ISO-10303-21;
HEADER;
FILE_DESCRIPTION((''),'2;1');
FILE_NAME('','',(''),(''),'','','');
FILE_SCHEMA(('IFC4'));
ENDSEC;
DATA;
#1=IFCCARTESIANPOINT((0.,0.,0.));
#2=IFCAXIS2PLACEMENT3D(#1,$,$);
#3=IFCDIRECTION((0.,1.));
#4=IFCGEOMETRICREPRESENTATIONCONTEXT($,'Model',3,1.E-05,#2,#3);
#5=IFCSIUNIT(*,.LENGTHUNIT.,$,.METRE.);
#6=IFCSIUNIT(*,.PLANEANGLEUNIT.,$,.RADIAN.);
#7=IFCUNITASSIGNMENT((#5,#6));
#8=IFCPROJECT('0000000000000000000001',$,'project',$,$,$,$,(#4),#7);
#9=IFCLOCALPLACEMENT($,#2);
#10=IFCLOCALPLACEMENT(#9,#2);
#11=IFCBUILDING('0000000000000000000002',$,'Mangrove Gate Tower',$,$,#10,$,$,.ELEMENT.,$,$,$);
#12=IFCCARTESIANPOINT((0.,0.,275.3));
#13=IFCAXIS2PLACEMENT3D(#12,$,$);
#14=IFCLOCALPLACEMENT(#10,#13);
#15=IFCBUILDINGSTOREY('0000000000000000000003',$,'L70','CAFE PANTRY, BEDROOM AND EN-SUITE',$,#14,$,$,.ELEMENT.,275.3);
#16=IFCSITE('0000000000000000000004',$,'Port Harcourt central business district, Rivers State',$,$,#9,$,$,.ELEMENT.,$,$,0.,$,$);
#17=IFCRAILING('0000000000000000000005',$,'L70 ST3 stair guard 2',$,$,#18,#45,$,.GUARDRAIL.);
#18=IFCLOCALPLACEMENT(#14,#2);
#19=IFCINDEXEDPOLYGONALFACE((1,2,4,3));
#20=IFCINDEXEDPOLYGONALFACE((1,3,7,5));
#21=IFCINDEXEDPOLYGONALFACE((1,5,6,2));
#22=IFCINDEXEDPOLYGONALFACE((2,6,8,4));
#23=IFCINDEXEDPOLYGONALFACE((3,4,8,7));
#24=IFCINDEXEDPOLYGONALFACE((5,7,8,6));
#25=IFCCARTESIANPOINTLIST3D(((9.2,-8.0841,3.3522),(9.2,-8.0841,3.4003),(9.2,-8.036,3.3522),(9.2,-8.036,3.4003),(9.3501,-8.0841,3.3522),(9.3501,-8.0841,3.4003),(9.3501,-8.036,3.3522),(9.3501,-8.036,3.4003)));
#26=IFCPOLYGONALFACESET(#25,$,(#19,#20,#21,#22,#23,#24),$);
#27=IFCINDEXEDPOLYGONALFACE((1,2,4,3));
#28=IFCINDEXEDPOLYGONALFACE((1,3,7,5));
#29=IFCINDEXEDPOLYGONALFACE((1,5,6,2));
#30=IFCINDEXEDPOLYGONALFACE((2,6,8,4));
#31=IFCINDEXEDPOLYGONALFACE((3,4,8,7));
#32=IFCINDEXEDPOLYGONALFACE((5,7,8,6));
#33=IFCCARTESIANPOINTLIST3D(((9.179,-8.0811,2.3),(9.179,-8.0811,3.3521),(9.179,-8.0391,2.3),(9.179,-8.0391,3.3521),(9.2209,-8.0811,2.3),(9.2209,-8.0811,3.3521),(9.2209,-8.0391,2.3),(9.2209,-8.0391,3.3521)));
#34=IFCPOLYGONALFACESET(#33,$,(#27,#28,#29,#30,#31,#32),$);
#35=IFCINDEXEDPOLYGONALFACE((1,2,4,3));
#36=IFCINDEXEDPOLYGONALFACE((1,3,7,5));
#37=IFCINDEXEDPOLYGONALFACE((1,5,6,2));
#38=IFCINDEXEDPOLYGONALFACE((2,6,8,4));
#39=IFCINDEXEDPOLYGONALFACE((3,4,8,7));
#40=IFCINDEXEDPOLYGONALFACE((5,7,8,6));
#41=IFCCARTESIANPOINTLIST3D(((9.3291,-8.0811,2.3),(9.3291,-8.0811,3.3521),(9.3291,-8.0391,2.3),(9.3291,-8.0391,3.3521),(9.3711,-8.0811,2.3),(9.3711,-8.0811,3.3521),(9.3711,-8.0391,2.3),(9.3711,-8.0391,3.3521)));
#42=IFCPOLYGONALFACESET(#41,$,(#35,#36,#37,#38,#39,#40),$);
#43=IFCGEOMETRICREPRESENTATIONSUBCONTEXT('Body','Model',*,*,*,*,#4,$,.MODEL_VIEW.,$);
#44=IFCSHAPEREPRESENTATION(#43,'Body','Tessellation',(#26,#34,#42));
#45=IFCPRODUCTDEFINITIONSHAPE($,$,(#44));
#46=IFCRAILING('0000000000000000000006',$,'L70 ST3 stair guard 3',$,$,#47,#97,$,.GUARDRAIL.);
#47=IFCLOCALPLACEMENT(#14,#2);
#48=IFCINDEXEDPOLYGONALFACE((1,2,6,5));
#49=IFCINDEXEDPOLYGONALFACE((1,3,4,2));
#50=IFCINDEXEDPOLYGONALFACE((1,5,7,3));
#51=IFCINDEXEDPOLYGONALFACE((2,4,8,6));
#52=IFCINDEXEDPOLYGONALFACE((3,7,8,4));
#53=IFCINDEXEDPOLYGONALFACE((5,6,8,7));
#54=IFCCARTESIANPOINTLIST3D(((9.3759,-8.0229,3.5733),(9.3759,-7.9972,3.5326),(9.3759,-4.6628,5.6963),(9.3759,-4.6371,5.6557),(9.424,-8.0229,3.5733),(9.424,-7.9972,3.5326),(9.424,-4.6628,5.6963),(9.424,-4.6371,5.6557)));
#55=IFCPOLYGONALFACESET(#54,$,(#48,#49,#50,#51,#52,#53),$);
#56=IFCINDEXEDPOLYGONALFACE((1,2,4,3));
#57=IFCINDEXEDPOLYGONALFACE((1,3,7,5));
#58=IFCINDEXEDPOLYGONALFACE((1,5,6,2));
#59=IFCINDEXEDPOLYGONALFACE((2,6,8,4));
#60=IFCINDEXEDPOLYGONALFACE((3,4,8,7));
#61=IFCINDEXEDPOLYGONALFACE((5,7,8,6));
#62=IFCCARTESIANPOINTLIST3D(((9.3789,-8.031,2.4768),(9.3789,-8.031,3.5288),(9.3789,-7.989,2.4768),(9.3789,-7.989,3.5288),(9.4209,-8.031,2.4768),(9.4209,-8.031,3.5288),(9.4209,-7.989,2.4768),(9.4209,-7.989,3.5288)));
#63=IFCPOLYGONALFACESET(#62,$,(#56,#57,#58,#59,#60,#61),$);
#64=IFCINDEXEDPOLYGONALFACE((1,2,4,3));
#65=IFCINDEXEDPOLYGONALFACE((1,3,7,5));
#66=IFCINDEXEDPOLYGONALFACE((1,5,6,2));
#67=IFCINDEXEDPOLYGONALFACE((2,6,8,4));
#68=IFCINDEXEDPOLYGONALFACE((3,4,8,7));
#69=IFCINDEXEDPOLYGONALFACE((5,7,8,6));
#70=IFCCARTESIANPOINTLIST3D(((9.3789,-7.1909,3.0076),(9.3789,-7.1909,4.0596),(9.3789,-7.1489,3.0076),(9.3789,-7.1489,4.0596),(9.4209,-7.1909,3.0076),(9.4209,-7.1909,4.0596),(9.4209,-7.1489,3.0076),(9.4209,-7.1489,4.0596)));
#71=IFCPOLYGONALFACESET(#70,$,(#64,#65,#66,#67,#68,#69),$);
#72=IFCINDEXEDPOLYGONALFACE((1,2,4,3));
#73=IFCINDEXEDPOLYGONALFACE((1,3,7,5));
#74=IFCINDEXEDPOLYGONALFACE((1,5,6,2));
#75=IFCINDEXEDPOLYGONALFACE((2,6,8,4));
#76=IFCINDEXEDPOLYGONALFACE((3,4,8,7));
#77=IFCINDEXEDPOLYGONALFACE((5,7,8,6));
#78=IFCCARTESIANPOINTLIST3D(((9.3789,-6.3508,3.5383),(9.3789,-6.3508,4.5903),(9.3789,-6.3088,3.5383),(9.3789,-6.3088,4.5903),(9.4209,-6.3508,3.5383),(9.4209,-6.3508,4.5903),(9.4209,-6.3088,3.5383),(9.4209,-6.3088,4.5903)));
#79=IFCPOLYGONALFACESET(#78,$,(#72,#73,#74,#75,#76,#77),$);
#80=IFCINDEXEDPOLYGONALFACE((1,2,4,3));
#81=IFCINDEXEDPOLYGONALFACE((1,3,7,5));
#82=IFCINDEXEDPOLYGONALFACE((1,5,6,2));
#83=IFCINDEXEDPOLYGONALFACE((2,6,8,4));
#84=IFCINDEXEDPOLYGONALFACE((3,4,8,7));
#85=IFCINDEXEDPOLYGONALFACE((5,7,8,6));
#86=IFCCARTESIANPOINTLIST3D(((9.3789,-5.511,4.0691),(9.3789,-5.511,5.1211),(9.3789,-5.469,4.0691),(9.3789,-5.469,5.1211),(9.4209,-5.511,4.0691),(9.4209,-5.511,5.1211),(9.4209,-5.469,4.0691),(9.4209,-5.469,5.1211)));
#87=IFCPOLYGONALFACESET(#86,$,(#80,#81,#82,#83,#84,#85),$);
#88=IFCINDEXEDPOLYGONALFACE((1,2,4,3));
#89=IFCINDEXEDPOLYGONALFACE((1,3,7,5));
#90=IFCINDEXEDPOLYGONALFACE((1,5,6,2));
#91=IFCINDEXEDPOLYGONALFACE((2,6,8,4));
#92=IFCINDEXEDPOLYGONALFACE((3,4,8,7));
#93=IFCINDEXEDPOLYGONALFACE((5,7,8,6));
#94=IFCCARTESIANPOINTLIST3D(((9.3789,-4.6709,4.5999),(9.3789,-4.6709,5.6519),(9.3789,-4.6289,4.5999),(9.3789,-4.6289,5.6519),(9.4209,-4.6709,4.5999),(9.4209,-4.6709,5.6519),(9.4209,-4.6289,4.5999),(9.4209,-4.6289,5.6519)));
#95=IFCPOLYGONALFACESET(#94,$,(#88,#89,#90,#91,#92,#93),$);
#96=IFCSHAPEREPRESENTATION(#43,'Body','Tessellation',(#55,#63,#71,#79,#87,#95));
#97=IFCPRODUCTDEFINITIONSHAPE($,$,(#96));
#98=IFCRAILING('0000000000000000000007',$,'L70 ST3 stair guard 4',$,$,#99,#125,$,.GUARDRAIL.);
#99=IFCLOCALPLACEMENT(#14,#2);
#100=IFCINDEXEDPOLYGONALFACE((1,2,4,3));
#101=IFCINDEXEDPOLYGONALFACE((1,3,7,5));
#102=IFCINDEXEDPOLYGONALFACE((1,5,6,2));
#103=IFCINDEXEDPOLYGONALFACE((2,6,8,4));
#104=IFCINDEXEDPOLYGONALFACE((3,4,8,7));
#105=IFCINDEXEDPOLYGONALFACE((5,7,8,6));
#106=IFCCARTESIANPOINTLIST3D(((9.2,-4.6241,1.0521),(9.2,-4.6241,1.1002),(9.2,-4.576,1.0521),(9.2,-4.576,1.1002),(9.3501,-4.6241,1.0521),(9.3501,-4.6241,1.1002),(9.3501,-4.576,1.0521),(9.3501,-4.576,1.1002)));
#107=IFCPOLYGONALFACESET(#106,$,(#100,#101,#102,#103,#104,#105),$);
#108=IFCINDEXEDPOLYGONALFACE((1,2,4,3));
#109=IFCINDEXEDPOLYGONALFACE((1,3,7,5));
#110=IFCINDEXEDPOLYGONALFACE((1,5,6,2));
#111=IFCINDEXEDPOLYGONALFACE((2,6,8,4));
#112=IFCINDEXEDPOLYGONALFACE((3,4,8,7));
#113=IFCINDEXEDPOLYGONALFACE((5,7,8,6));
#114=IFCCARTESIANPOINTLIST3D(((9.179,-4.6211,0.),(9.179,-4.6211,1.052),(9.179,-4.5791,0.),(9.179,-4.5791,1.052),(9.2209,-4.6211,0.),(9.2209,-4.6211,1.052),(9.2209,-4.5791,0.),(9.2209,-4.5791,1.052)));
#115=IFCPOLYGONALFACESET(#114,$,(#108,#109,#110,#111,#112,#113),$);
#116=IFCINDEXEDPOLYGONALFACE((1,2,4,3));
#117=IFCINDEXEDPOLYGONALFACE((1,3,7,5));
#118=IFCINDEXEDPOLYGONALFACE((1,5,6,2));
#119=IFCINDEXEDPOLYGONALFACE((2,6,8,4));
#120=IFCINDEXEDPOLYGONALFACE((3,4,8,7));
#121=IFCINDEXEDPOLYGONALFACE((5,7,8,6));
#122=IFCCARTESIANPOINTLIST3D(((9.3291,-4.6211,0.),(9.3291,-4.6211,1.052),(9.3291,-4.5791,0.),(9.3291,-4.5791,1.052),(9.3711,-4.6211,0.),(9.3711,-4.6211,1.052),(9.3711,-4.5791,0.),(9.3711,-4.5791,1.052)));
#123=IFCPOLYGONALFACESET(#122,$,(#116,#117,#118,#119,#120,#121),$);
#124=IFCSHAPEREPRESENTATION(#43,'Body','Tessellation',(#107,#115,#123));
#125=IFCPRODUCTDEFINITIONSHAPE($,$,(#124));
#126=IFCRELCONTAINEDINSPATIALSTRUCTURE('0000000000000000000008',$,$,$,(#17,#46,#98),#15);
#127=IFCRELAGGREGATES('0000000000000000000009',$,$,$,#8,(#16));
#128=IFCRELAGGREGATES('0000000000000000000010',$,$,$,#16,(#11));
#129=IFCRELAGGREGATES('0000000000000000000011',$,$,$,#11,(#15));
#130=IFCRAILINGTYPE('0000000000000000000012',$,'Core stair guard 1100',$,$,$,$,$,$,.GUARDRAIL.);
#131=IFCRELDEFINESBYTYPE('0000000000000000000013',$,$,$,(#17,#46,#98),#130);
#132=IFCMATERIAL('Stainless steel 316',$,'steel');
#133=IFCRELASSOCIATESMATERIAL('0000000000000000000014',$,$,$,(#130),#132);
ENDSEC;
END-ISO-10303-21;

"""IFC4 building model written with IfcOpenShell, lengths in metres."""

from ifc_helpers import new_model, si_unit, direction, frame, origin, origin_2d, place, context, subcontext, project, spatial, rectangle, extrude, material, type_object, element, save


model = new_model("IFC4")

# Units and contexts
model_context = context("Model", 3, precision=1e-05, world=origin(), true_north=direction((0.0, 1.0)))
body_context = subcontext(model_context, "Body", "Model", "MODEL_VIEW")
ifc_project = project(units=[si_unit("LENGTHUNIT", "METRE"), si_unit("PLANEANGLEUNIT", "RADIAN")], contexts=[model_context])

# Site, building, storey
site_placement = place(None, origin())
site = spatial("IfcSite", under=ifc_project, at=site_placement, Name="Port Harcourt central business district, Rivers State", CompositionType="ELEMENT", RefElevation=0.0)
building_placement = place(site_placement, origin())
building = spatial("IfcBuilding", under=site, at=building_placement, Name="Mangrove Gate Tower", CompositionType="ELEMENT")
storey_placement = place(building_placement, frame((0.0, 0.0, 275.3)))
storey = spatial("IfcBuildingStorey", under=building, at=storey_placement, Name="L70", Description="CAFE PANTRY, BEDROOM AND EN-SUITE", CompositionType="ELEMENT", Elevation=275.3)

# Railings
ifc_material_1 = material(Name="Stainless steel 316", Category="steel")
railing_type_1 = type_object("IfcRailingType", Name="Core stair guard 1100", PredefinedType="GUARDRAIL", material=ifc_material_1)
railing_1_placement = place(storey_placement, frame((9.2, -8.0601, 2.3)))
element("IfcRailing", 1, at=railing_1_placement, inside=storey, type_object=railing_type_1, Name="L70 ST3 stair guard 2", PredefinedType="GUARDRAIL", context=body_context, shape_type="SweptSolid", body=[
    extrude(rectangle(XDim=0.0481, YDim=0.0481, at=origin_2d()), frame((0.0, 0.0, 1.0762), z_axis=(1.0, 0.0, 0.0), x_axis=(0.0, 1.0, 0.0)), (0.0, 0.0, 1.0), 0.1501),
    extrude(rectangle(XDim=0.042, YDim=0.042, at=origin_2d()), origin(), (0.0, 0.0, 1.0), 1.052),
    extrude(rectangle(XDim=0.042, YDim=0.042, at=origin_2d()), frame((0.1501, 0.0, 0.0)), (0.0, 0.0, 1.0), 1.052),
])
railing_2_placement = place(storey_placement, frame((9.3999, -8.01, 2.4768)))
element("IfcRailing", 2, at=railing_2_placement, inside=storey, type_object=railing_type_1, Name="L70 ST3 stair guard 3", PredefinedType="GUARDRAIL", context=body_context, shape_type="SweptSolid", body=[
    extrude(rectangle(XDim=0.0481, YDim=0.0481, at=origin_2d()), frame((0.0, 0.0, 1.0762), z_axis=(0.0, 0.84539, 0.53415), x_axis=(-1.0, 0.0, 0.0)), (0.0, 0.0, 1.0), 3.9746),
    extrude(rectangle(XDim=0.042, YDim=0.042, at=origin_2d()), origin(), (0.0, 0.0, 1.0), 1.052),
    extrude(rectangle(XDim=0.042, YDim=0.042, at=origin_2d()), frame((0.0, 0.8401, 0.5308)), (0.0, 0.0, 1.0), 1.052),
    extrude(rectangle(XDim=0.042, YDim=0.042, at=origin_2d()), frame((0.0, 1.6802, 1.0615)), (0.0, 0.0, 1.0), 1.052),
    extrude(rectangle(XDim=0.042, YDim=0.042, at=origin_2d()), frame((0.0, 2.52, 1.5923)), (0.0, 0.0, 1.0), 1.052),
    extrude(rectangle(XDim=0.042, YDim=0.042, at=origin_2d()), frame((0.0, 3.3601, 2.123)), (0.0, 0.0, 1.0), 1.052),
])
railing_3_placement = place(storey_placement, frame((9.2, -4.6001, 0.0)))
element("IfcRailing", 3, at=railing_3_placement, inside=storey, type_object=railing_type_1, Name="L70 ST3 stair guard 4", PredefinedType="GUARDRAIL", context=body_context, shape_type="SweptSolid", body=[
    extrude(rectangle(XDim=0.0481, YDim=0.0481, at=origin_2d()), frame((0.0, 0.0, 1.0762), z_axis=(1.0, 0.0, 0.0), x_axis=(0.0, 1.0, 0.0)), (0.0, 0.0, 1.0), 0.1501),
    extrude(rectangle(XDim=0.042, YDim=0.042, at=origin_2d()), origin(), (0.0, 0.0, 1.0), 1.052),
    extrude(rectangle(XDim=0.042, YDim=0.042, at=origin_2d()), frame((0.1501, 0.0, 0.0)), (0.0, 0.0, 1.0), 1.052),
])

save(model, "model.ifc")
